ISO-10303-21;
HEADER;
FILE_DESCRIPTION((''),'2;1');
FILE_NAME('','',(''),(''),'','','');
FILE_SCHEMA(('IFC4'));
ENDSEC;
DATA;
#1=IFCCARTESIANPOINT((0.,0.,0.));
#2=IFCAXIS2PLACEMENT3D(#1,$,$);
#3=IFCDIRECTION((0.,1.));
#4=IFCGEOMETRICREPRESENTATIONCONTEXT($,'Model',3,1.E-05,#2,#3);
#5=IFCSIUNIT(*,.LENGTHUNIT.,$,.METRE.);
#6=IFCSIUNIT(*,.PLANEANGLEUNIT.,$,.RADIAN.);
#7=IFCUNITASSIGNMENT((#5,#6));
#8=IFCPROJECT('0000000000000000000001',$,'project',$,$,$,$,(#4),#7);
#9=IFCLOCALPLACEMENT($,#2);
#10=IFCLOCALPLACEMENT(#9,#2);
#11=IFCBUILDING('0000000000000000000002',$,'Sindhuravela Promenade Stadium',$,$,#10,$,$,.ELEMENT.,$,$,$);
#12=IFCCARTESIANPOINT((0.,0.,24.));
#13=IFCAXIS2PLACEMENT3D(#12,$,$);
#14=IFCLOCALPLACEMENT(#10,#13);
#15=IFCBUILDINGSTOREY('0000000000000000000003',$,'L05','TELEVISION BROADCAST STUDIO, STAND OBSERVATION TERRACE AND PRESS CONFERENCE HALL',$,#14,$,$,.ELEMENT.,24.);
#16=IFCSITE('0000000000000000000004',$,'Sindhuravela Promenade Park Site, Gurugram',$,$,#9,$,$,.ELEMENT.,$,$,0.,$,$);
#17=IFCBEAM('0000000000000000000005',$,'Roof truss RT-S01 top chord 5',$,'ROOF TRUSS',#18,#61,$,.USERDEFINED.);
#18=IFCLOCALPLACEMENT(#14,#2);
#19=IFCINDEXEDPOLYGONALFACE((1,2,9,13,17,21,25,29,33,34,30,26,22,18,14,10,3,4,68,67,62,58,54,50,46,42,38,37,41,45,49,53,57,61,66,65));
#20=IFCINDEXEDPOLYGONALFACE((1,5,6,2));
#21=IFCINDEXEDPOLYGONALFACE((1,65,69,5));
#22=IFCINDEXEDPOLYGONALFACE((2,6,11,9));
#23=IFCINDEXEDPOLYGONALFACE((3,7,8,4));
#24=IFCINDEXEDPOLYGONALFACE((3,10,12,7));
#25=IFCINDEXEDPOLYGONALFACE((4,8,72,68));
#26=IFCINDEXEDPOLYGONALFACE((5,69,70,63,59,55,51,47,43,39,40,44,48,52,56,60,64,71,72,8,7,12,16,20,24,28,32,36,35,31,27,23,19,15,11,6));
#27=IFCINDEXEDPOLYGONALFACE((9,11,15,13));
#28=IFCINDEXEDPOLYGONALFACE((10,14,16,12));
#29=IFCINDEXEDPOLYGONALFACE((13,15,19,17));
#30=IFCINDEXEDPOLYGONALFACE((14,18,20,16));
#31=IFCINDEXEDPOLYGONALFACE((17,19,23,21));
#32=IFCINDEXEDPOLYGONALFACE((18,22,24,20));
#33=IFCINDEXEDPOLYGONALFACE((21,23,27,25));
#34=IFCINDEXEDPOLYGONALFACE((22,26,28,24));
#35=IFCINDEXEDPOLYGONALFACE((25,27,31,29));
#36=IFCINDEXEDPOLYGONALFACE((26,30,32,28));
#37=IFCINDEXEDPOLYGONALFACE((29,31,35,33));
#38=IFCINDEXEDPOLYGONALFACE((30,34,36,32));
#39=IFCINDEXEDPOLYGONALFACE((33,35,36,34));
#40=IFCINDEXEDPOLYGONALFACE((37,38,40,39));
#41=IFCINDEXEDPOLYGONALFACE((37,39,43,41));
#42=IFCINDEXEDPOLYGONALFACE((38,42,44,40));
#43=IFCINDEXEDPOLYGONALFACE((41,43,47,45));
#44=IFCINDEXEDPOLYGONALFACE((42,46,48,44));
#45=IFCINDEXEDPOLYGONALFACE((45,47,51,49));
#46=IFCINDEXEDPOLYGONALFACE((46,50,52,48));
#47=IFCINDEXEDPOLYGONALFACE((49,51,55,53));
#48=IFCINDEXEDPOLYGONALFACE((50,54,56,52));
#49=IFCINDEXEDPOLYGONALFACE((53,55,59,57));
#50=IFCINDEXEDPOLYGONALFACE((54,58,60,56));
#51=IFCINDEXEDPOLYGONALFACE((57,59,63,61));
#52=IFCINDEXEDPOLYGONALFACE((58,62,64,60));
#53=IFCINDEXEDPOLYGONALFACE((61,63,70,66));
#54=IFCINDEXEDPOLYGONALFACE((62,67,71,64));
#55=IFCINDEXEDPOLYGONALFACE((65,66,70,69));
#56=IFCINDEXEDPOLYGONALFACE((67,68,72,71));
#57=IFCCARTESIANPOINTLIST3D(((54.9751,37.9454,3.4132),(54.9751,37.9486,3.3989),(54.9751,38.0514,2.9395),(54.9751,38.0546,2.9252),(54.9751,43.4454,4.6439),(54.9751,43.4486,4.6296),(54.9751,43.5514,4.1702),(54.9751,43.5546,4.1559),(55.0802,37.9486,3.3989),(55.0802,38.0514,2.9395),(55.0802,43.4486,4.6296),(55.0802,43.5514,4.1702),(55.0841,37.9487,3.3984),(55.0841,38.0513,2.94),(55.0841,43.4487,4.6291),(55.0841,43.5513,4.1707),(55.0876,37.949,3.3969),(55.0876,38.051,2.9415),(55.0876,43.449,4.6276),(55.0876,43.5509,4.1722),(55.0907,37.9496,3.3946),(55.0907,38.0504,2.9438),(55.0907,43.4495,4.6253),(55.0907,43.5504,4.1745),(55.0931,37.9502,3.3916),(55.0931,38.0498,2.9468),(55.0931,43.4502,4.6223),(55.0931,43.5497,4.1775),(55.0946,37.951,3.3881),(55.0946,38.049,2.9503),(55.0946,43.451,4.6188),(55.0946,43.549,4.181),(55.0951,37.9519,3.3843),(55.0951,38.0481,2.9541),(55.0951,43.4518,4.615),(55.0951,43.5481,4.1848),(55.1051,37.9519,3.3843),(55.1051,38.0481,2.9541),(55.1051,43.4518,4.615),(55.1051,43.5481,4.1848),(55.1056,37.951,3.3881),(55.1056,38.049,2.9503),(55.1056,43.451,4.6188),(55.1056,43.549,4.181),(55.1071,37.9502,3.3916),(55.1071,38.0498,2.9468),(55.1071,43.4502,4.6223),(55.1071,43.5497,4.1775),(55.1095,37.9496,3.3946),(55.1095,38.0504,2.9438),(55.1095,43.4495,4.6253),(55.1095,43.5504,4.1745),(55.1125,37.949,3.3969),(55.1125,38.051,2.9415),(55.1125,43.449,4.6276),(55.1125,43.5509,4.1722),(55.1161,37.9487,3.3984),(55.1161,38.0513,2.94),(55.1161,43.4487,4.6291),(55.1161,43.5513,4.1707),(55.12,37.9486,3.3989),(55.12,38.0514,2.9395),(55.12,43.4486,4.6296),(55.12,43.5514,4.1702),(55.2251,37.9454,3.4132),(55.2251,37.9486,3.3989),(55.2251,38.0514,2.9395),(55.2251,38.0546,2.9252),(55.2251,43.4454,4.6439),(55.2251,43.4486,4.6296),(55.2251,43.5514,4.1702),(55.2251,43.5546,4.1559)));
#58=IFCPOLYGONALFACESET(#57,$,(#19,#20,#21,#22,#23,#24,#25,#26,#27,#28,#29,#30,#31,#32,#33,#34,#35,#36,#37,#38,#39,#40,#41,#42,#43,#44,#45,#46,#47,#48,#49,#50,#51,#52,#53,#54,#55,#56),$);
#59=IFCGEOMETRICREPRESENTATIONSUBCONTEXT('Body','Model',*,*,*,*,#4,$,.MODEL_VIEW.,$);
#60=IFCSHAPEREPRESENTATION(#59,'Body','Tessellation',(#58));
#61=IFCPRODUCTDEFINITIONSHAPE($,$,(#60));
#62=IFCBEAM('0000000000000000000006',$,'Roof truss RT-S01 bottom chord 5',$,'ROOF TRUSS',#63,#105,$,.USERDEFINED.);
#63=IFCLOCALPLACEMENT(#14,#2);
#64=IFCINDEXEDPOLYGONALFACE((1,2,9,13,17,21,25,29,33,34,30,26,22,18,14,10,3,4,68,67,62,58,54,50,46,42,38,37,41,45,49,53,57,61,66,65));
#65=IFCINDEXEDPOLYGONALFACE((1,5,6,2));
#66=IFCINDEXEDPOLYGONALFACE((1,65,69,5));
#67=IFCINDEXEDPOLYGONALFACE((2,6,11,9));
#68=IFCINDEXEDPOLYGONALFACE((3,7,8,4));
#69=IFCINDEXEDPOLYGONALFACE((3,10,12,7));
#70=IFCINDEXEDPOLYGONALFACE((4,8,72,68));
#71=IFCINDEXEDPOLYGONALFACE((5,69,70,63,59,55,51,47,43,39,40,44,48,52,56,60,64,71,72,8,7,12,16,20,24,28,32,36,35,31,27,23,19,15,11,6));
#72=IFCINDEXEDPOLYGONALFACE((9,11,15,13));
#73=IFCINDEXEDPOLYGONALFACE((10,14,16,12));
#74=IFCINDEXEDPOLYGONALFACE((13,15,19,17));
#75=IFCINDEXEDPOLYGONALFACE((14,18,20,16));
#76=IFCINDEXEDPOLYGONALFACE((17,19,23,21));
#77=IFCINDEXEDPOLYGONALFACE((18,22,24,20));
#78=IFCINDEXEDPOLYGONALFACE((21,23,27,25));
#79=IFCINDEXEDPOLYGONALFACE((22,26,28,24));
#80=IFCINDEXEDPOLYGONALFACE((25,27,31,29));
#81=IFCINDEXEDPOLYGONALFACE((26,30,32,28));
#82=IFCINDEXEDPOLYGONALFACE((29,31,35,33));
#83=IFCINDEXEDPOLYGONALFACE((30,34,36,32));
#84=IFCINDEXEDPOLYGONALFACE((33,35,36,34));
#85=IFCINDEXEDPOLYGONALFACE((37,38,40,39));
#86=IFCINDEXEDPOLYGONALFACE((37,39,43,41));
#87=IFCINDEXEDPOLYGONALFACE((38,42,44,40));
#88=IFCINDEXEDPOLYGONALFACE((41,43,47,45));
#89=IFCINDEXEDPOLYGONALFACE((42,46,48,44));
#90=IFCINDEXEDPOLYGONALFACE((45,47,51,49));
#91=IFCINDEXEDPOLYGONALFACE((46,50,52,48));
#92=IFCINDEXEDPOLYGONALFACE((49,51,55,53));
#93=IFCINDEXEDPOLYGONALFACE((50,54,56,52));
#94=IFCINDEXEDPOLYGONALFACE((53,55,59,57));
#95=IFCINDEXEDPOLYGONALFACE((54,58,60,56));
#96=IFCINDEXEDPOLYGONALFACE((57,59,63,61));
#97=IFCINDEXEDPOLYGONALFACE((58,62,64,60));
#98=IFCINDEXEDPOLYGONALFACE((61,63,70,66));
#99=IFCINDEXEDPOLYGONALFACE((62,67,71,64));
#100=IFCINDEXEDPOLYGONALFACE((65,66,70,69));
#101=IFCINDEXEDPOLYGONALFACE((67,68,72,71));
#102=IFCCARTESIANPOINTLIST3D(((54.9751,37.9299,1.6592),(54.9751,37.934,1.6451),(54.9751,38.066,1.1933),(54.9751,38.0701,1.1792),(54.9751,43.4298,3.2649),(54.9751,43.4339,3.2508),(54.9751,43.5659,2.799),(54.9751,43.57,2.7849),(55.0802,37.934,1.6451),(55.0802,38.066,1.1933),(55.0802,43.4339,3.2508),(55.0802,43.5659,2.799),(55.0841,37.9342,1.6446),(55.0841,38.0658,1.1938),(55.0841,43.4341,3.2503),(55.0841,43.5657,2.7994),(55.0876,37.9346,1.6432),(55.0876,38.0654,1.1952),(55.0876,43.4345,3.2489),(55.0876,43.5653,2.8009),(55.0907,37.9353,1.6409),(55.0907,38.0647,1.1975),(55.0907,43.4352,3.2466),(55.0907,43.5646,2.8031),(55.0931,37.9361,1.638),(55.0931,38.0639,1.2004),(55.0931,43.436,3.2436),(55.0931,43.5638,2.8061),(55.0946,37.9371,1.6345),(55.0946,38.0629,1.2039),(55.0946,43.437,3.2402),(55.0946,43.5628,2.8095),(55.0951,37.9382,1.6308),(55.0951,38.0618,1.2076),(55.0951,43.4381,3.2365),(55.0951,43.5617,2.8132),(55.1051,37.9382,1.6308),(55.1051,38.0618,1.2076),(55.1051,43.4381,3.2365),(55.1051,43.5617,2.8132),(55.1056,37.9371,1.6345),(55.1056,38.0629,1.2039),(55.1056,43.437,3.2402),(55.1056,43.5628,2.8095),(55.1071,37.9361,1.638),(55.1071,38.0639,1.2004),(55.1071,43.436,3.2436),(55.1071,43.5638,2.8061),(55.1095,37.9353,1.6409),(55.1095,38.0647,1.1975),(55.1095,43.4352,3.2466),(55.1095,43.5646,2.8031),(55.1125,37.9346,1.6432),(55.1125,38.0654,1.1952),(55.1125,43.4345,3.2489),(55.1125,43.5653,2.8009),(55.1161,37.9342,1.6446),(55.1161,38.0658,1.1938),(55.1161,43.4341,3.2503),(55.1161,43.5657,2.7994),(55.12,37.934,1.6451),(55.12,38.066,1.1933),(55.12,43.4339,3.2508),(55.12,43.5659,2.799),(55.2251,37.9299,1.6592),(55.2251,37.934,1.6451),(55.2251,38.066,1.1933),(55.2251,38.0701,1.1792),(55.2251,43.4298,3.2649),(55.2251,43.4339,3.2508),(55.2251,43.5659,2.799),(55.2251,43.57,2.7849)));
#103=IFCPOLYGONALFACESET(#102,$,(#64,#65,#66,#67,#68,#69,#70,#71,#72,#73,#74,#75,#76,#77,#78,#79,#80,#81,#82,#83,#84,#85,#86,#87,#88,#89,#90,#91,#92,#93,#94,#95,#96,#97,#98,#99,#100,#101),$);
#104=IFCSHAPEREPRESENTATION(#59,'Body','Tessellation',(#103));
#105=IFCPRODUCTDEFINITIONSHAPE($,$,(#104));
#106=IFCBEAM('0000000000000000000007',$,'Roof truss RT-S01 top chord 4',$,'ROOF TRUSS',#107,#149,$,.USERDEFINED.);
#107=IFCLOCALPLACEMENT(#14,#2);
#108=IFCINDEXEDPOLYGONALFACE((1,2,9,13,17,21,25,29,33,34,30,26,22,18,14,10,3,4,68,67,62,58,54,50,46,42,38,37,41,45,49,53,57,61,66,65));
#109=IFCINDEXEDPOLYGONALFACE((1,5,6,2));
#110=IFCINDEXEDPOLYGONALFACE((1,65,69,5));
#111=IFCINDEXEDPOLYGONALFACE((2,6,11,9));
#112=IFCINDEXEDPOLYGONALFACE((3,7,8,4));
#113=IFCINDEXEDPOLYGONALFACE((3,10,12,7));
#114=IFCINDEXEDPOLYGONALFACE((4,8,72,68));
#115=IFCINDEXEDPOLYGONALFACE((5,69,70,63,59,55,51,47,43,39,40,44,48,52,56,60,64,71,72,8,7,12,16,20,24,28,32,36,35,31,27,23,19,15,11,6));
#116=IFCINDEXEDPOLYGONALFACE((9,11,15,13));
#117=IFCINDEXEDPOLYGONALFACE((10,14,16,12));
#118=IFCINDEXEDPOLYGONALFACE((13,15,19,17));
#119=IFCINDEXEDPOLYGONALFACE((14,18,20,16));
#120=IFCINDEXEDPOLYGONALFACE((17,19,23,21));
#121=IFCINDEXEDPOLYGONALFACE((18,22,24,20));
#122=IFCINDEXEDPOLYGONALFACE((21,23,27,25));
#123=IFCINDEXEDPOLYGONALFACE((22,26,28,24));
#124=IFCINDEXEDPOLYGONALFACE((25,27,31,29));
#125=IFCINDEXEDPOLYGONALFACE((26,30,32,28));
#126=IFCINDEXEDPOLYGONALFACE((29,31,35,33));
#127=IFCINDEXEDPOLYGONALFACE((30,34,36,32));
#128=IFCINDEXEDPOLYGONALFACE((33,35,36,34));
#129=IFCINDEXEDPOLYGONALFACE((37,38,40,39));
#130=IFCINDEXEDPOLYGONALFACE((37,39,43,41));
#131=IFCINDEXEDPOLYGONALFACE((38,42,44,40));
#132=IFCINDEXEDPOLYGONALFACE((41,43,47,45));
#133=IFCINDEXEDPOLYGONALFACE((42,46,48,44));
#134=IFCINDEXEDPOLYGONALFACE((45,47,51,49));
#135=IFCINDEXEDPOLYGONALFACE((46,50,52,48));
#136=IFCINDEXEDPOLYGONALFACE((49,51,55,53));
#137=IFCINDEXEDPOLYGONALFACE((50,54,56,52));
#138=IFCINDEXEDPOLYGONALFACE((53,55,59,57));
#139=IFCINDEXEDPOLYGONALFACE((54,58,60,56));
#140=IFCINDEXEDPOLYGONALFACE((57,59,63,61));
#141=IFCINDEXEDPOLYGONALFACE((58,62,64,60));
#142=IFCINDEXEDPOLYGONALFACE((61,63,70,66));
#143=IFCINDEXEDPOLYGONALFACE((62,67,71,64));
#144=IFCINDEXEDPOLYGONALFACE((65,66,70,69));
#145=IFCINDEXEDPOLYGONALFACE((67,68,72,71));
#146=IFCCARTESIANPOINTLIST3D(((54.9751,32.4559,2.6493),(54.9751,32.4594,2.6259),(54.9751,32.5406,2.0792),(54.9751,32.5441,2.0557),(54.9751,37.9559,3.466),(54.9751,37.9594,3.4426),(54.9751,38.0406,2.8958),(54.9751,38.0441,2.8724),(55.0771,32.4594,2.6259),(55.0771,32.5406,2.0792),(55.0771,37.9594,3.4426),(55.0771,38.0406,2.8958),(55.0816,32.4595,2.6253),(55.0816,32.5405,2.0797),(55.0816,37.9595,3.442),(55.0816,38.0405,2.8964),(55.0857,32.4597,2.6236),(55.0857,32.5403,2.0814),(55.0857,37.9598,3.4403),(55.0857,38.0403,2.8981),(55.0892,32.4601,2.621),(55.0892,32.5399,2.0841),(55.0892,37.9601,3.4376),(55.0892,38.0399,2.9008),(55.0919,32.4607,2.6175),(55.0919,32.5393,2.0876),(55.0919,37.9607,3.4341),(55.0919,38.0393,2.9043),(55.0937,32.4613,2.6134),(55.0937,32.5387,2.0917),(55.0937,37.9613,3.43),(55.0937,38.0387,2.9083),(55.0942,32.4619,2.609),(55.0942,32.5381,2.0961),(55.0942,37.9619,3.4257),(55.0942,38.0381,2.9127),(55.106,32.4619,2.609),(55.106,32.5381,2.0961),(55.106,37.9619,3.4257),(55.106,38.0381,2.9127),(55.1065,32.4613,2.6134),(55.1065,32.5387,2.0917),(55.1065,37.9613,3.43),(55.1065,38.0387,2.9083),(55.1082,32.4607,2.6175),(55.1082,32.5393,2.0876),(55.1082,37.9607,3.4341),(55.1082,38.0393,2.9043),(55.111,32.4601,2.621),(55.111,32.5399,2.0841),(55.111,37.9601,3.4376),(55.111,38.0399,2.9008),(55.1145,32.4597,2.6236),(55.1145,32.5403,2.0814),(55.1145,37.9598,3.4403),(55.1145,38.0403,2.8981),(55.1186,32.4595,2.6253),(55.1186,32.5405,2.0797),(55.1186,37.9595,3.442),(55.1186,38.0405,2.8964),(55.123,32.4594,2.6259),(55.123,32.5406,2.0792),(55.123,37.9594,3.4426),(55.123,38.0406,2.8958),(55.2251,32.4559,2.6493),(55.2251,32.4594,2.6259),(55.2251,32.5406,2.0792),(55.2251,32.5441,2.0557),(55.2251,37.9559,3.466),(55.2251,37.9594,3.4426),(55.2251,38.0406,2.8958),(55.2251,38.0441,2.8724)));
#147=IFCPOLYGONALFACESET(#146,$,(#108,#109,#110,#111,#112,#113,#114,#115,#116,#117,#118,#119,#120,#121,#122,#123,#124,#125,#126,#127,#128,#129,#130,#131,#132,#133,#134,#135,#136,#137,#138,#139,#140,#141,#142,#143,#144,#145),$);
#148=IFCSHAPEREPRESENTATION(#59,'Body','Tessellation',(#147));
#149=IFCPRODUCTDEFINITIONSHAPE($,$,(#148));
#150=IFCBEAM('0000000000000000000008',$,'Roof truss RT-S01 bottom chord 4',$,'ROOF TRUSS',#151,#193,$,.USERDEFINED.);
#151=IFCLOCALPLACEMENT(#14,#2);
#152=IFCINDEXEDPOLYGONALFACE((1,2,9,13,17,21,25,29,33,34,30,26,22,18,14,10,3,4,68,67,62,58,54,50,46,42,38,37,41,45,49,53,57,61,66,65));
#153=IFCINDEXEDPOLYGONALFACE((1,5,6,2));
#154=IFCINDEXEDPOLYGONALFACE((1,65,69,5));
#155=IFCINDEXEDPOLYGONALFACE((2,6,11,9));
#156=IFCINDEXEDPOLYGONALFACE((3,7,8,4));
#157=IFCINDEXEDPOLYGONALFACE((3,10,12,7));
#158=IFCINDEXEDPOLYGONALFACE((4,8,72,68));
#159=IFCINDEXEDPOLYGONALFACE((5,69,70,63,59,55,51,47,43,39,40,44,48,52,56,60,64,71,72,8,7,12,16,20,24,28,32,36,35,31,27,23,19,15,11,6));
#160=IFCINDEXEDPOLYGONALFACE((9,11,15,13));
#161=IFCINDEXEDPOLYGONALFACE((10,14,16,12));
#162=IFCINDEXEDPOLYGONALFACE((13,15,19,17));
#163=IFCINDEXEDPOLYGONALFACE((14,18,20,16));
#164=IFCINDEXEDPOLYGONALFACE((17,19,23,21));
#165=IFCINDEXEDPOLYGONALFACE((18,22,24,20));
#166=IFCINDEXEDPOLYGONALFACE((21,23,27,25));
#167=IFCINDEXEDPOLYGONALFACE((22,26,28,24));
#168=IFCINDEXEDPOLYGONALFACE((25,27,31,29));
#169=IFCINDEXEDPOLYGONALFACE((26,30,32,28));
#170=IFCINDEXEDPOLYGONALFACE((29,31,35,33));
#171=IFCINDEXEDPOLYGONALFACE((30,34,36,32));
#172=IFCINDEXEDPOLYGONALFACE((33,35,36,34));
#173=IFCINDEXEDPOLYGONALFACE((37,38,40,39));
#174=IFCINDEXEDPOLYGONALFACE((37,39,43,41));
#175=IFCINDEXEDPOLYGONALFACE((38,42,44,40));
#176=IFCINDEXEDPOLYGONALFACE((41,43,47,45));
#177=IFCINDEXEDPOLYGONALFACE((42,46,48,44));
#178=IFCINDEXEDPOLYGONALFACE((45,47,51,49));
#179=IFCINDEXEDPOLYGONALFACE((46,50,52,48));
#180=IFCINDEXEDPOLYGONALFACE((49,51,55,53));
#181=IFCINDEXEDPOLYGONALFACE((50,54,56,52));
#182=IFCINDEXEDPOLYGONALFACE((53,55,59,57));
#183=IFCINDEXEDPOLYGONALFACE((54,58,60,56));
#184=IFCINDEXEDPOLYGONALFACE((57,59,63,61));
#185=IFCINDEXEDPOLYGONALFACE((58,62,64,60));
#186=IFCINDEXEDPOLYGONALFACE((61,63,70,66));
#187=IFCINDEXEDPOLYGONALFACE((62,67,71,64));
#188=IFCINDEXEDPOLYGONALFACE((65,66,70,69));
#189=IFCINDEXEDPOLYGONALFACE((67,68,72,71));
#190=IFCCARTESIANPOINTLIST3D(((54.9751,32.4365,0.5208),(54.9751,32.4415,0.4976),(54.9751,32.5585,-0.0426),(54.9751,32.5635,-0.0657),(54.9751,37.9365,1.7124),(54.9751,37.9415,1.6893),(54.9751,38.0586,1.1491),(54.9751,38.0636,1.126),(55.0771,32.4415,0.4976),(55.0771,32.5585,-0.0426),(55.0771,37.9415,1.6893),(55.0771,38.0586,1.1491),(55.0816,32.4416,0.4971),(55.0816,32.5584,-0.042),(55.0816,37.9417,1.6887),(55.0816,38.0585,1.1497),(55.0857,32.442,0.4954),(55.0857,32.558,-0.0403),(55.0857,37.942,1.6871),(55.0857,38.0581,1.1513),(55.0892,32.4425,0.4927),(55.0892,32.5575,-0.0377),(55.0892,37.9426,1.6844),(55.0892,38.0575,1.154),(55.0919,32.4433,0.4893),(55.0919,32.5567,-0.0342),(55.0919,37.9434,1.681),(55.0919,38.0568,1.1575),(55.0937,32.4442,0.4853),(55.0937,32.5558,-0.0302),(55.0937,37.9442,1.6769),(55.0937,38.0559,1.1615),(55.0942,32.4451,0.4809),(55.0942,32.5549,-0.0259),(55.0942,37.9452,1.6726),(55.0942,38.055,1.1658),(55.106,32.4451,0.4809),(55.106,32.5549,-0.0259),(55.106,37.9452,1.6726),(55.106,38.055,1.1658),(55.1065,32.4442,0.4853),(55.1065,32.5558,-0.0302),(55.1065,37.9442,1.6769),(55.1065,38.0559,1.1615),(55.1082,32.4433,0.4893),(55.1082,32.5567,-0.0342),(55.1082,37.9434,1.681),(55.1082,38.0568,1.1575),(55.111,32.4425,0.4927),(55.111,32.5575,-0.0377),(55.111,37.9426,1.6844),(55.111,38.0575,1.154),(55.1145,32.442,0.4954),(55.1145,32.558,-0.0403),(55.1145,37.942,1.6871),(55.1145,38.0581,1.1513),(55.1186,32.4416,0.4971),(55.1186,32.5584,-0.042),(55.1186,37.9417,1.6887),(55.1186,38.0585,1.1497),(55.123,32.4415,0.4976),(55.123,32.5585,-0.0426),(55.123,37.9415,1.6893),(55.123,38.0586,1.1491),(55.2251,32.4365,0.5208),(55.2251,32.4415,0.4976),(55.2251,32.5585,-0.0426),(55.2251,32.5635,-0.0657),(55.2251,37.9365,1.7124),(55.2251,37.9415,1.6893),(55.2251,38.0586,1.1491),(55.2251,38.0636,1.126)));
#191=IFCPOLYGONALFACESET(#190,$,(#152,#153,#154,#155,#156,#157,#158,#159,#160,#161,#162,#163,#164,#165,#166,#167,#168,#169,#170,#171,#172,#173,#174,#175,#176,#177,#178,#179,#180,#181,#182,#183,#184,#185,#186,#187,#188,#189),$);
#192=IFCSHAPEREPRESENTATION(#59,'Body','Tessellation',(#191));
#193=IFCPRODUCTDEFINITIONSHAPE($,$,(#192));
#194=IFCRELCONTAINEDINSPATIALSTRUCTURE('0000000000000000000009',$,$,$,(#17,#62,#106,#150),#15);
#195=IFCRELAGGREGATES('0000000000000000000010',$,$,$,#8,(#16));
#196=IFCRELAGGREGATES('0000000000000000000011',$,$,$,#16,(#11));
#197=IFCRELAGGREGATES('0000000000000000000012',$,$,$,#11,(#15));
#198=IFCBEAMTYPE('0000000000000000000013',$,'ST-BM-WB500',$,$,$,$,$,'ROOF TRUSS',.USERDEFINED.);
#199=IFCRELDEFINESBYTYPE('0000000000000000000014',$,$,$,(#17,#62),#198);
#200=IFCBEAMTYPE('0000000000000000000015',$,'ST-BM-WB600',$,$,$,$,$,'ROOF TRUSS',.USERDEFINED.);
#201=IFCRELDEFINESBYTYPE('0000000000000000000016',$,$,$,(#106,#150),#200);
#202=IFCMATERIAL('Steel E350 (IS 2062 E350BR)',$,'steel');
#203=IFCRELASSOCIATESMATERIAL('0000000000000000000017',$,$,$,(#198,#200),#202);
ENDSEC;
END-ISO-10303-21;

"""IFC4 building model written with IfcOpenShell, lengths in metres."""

from ifc_helpers import new_model, si_unit, direction, frame, origin, origin_2d, place, context, subcontext, project, spatial, i_section, extrude, material, material_profile, profile_set, type_object, element, save


model = new_model("IFC4")

# Units and contexts
model_context = context("Model", 3, precision=1e-05, world=origin(), true_north=direction((0.0, 1.0)))
body_context = subcontext(model_context, "Body", "Model", "MODEL_VIEW")
ifc_project = project(units=[si_unit("LENGTHUNIT", "METRE"), si_unit("PLANEANGLEUNIT", "RADIAN")], contexts=[model_context])

# Site, building, storey
site_placement = place(None, origin())
site = spatial("IfcSite", under=ifc_project, at=site_placement, Name="Sindhuravela Promenade Park Site, Gurugram", CompositionType="ELEMENT", RefElevation=0.0)
building_placement = place(site_placement, origin())
building = spatial("IfcBuilding", under=site, at=building_placement, Name="Sindhuravela Promenade Stadium", CompositionType="ELEMENT")
storey_placement = place(building_placement, frame((0.0, 0.0, 24.0)))
storey = spatial("IfcBuildingStorey", under=building, at=storey_placement, Name="L05", Description="TELEVISION BROADCAST STUDIO, STAND OBSERVATION TERRACE AND PRESS CONFERENCE HALL", CompositionType="ELEMENT", Elevation=24.0)

# Beams
ifc_material_1 = material(Name="Steel E350 (IS 2062 E350BR)", Category="steel")
ifc_material_profile_1 = material_profile(ifc_material_1, i_section(OverallWidth=0.25, OverallDepth=0.5, WebThickness=0.01, FlangeThickness=0.0146, FilletRadius=0.0149, at=origin_2d()), Name="ISWB 500")
ifc_profile_set_1 = profile_set([ifc_material_profile_1], Name="Steel E350 (IS 2062 E350BR)")
beam_type_1 = type_object("IfcBeamType", Name="ST-BM-WB500", ElementType="ROOF TRUSS", PredefinedType="USERDEFINED", material=ifc_profile_set_1)
beam_1_placement = place(storey_placement, frame((55.1001, 38.0, 3.1692), z_axis=(0.0, 0.975867, 0.218366), x_axis=(-1.0, 0.0, 0.0)))
element("IfcBeam", 1, at=beam_1_placement, inside=storey, type_object=beam_type_1, Name="Roof truss RT-S01 top chord 5", ObjectType="ROOF TRUSS", PredefinedType="USERDEFINED", context=body_context, shape_type="SweptSolid", body=[
    extrude(i_section(OverallWidth=0.25, OverallDepth=0.5, WebThickness=0.01, FlangeThickness=0.0146, FilletRadius=0.0149, at=origin_2d()), origin(), (0.0, 0.0, 1.0), 5.636),
])
beam_2_placement = place(storey_placement, frame((55.1001, 38.0, 1.4192), z_axis=(0.0, 0.959927, 0.280249), x_axis=(-1.0, 0.0, 0.0)))
element("IfcBeam", 2, at=beam_2_placement, inside=storey, type_object=beam_type_1, Name="Roof truss RT-S01 bottom chord 5", ObjectType="ROOF TRUSS", PredefinedType="USERDEFINED", context=body_context, shape_type="SweptSolid", body=[
    extrude(i_section(OverallWidth=0.25, OverallDepth=0.5, WebThickness=0.01, FlangeThickness=0.0146, FilletRadius=0.0149, at=origin_2d()), origin(), (0.0, 0.0, 1.0), 5.7295),
])
ifc_material_profile_2 = material_profile(ifc_material_1, i_section(OverallWidth=0.25, OverallDepth=0.6001, WebThickness=0.0117, FlangeThickness=0.0237, FilletRadius=0.0171, at=origin_2d()), Name="ISWB 600")
ifc_profile_set_2 = profile_set([ifc_material_profile_2], Name="Steel E350 (IS 2062 E350BR)")
beam_type_2 = type_object("IfcBeamType", Name="ST-BM-WB600", ElementType="ROOF TRUSS", PredefinedType="USERDEFINED", material=ifc_profile_set_2)
beam_3_placement = place(storey_placement, frame((55.1001, 32.5, 2.3525), z_axis=(0.0, 0.989156, 0.146872), x_axis=(-1.0, 0.0, 0.0)))
element("IfcBeam", 3, at=beam_3_placement, inside=storey, type_object=beam_type_2, Name="Roof truss RT-S01 top chord 4", ObjectType="ROOF TRUSS", PredefinedType="USERDEFINED", context=body_context, shape_type="SweptSolid", body=[
    extrude(i_section(OverallWidth=0.25, OverallDepth=0.6001, WebThickness=0.0117, FlangeThickness=0.0237, FilletRadius=0.0171, at=origin_2d()), origin(), (0.0, 0.0, 1.0), 5.5603),
])
beam_4_placement = place(storey_placement, frame((55.1001, 32.5, 0.2275), z_axis=(0.0, 0.977324, 0.211751), x_axis=(-1.0, 0.0, 0.0)))
element("IfcBeam", 4, at=beam_4_placement, inside=storey, type_object=beam_type_2, Name="Roof truss RT-S01 bottom chord 4", ObjectType="ROOF TRUSS", PredefinedType="USERDEFINED", context=body_context, shape_type="SweptSolid", body=[
    extrude(i_section(OverallWidth=0.25, OverallDepth=0.6001, WebThickness=0.0117, FlangeThickness=0.0237, FilletRadius=0.0171, at=origin_2d()), origin(), (0.0, 0.0, 1.0), 5.6277),
])

save(model, "model.ifc")
